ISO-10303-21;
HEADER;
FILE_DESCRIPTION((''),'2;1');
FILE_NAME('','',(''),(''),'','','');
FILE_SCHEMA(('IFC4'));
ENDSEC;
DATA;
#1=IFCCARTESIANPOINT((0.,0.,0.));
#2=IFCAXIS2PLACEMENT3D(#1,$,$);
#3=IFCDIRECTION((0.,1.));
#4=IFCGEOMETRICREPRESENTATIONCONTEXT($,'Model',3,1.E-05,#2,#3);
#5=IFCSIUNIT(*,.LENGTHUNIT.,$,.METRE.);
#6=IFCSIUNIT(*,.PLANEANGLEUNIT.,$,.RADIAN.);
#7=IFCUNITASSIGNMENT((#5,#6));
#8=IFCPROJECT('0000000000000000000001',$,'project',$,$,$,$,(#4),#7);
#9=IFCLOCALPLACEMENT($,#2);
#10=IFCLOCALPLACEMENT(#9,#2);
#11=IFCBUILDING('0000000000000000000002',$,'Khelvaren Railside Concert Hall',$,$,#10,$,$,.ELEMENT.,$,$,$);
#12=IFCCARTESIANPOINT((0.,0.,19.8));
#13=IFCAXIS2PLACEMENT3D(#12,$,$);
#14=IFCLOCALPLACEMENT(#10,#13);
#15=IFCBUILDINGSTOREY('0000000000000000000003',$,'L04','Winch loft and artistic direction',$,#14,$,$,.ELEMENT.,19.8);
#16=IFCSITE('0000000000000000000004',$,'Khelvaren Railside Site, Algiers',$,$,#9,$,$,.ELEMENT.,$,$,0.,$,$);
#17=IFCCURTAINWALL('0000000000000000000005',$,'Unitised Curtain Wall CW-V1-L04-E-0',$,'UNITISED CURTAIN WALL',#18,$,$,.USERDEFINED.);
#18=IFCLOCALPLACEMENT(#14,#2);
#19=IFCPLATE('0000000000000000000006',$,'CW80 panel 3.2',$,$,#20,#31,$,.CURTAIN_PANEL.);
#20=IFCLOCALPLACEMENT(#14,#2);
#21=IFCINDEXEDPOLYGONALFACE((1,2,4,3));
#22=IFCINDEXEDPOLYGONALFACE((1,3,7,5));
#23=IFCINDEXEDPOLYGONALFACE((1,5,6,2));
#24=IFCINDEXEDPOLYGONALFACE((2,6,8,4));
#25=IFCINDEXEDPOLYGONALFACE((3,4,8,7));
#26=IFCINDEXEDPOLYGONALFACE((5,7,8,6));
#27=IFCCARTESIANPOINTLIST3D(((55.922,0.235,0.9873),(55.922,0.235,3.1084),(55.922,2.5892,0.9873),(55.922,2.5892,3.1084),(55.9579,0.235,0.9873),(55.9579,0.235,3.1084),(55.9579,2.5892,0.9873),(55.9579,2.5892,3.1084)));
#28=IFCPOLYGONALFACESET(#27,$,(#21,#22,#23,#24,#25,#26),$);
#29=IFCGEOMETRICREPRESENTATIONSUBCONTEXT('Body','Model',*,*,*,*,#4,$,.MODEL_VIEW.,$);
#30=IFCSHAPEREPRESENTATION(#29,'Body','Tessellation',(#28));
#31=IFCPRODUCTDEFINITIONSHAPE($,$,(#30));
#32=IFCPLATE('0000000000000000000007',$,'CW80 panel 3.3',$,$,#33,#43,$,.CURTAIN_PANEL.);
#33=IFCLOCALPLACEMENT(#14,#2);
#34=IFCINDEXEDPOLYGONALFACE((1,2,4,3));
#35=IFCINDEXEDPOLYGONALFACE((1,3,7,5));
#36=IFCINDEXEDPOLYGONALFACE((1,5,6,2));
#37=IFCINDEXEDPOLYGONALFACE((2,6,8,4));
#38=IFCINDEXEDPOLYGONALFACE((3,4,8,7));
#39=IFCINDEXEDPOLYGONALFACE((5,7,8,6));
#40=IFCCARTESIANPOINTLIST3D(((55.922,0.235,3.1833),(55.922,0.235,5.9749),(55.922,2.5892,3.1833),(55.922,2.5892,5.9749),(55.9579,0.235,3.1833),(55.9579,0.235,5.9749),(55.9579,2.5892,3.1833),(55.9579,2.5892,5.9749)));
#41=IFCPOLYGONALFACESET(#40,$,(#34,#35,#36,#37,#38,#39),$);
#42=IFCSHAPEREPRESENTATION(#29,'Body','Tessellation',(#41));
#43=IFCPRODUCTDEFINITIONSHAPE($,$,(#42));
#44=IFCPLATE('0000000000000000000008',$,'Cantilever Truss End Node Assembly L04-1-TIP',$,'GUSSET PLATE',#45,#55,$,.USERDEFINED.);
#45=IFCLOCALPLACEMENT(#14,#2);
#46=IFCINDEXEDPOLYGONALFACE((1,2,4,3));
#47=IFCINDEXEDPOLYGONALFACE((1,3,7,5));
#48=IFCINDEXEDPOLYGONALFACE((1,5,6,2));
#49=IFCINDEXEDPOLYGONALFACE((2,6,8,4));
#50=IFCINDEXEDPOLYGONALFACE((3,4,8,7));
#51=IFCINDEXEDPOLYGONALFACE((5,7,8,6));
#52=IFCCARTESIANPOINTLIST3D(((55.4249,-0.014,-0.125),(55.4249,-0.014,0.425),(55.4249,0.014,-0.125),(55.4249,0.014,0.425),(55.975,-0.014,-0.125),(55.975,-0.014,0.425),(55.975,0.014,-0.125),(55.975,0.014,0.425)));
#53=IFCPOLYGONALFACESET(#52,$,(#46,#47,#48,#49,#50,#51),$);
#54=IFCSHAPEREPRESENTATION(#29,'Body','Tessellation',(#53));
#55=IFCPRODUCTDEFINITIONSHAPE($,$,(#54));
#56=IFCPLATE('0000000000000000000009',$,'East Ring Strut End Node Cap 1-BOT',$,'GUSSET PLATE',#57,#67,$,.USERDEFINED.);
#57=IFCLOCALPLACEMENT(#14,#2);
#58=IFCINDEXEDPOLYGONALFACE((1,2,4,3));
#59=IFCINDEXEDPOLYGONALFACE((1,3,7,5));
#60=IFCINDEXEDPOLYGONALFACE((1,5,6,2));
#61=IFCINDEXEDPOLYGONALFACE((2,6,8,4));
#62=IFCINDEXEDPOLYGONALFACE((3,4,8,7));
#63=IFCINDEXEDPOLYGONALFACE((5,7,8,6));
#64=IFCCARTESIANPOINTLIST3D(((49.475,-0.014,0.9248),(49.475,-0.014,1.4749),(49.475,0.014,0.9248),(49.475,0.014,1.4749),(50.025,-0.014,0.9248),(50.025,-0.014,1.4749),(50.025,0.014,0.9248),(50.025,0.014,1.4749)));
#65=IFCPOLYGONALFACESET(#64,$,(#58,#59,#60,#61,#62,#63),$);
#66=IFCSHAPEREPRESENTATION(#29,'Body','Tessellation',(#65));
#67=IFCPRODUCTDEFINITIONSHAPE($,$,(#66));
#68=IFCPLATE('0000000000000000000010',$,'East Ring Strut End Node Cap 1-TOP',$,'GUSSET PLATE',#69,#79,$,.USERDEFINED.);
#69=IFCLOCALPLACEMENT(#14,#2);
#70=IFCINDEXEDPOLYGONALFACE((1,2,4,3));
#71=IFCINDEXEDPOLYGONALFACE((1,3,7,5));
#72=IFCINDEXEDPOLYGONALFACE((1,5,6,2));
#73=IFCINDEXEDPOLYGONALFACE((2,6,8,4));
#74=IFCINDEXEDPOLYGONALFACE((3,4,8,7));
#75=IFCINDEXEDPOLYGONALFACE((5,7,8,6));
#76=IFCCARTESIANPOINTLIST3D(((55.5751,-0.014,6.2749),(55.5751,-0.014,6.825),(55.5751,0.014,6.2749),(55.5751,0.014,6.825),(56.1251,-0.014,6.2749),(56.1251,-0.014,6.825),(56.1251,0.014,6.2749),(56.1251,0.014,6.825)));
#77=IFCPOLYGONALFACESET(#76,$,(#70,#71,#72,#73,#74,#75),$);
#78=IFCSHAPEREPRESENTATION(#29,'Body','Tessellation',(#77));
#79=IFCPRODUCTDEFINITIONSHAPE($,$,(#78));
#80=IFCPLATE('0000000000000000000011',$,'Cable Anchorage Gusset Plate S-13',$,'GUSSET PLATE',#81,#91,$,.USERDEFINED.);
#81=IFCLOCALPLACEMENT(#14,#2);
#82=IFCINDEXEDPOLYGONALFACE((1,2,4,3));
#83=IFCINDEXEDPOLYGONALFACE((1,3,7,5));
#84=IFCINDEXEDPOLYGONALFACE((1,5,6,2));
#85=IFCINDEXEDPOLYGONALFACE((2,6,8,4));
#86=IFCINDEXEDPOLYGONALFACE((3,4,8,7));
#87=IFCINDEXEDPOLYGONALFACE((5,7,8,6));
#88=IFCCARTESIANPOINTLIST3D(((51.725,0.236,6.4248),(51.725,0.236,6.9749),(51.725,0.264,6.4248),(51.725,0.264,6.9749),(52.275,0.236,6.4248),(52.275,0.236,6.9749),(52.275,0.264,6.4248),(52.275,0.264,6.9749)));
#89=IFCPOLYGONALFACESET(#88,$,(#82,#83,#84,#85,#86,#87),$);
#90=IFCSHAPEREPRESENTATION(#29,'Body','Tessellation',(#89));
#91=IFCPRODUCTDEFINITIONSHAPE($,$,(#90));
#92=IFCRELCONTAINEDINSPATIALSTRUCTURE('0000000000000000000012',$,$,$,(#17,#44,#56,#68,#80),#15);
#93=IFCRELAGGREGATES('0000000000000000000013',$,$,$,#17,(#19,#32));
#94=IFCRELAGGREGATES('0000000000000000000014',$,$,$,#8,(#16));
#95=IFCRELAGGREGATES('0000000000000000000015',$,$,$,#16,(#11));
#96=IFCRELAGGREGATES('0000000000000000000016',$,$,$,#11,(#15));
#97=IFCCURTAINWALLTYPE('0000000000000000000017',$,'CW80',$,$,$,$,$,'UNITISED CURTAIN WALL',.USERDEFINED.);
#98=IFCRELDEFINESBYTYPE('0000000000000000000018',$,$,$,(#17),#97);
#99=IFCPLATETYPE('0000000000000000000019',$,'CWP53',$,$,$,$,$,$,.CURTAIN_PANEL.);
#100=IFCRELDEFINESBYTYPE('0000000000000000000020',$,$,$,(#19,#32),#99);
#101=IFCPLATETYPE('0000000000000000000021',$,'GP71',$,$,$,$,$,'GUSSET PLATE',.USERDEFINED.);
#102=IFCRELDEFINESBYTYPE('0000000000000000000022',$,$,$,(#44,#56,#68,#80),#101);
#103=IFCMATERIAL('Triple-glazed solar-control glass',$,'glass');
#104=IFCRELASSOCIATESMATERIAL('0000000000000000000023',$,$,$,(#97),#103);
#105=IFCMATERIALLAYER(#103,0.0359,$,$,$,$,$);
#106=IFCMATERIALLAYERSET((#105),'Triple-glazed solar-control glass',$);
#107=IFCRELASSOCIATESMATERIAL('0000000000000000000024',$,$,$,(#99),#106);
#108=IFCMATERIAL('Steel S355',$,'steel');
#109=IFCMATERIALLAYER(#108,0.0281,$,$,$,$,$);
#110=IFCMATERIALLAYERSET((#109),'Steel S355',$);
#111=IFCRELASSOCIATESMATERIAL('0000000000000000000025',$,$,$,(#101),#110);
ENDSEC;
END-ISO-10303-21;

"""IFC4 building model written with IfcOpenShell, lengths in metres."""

from ifc_helpers import new_model, si_unit, direction, frame, origin, origin_2d, place, context, subcontext, project, spatial, rectangle, extrude, material, layer, layer_set, type_object, element, aggregate, save


model = new_model("IFC4")

# Units and contexts
model_context = context("Model", 3, precision=1e-05, world=origin(), true_north=direction((0.0, 1.0)))
body_context = subcontext(model_context, "Body", "Model", "MODEL_VIEW")
ifc_project = project(units=[si_unit("LENGTHUNIT", "METRE"), si_unit("PLANEANGLEUNIT", "RADIAN")], contexts=[model_context])

# Site, building, storey
site_placement = place(None, origin())
site = spatial("IfcSite", under=ifc_project, at=site_placement, Name="Khelvaren Railside Site, Algiers", CompositionType="ELEMENT", RefElevation=0.0)
building_placement = place(site_placement, origin())
building = spatial("IfcBuilding", under=site, at=building_placement, Name="Khelvaren Railside Concert Hall", CompositionType="ELEMENT")
storey_placement = place(building_placement, frame((0.0, 0.0, 19.8)))
storey = spatial("IfcBuildingStorey", under=building, at=storey_placement, Name="L04", Description="Winch loft and artistic direction", CompositionType="ELEMENT", Elevation=19.8)

# Shared definitions
ifc_material_1 = material(Name="Steel S355", Category="steel")

# Curtain wall
ifc_material_2 = material(Name="Triple-glazed solar-control glass", Category="glass")
curtain_wall_type = type_object("IfcCurtainWallType", Name="CW80", ElementType="UNITISED CURTAIN WALL", PredefinedType="USERDEFINED", material=ifc_material_2)
curtain_wall_placement = place(storey_placement, origin())
curtain_wall = element("IfcCurtainWall", 1, at=curtain_wall_placement, inside=storey, type_object=curtain_wall_type, Name="Unitised Curtain Wall CW-V1-L04-E-0", ObjectType="UNITISED CURTAIN WALL", PredefinedType="USERDEFINED")

# Plates
ifc_layer_1 = layer(ifc_material_2, 0.0359)
ifc_layer_set_1 = layer_set([ifc_layer_1], Name="Triple-glazed solar-control glass")
plate_type_1 = type_object("IfcPlateType", Name="CWP53", PredefinedType="CURTAIN_PANEL", material=ifc_layer_set_1)
plate_1_placement = place(storey_placement, frame((55.9399, 1.4121, 0.9873), z_axis=(0.0, 0.0, 1.0), x_axis=(0.0, -1.0, 0.0)))
plate_1 = element("IfcPlate", 2, at=plate_1_placement, type_object=plate_type_1, Name="CW80 panel 3.2", PredefinedType="CURTAIN_PANEL", context=body_context, shape_type="SweptSolid", body=[
    extrude(rectangle(XDim=2.3542, YDim=0.0359, at=origin_2d()), origin(), (0.0, 0.0, 1.0), 2.1211),
])
plate_2_placement = place(storey_placement, frame((55.9399, 1.4121, 3.1833), z_axis=(0.0, 0.0, 1.0), x_axis=(0.0, -1.0, 0.0)))
plate_2 = element("IfcPlate", 3, at=plate_2_placement, type_object=plate_type_1, Name="CW80 panel 3.3", PredefinedType="CURTAIN_PANEL", context=body_context, shape_type="SweptSolid", body=[
    extrude(rectangle(XDim=2.3542, YDim=0.0359, at=origin_2d()), origin(), (0.0, 0.0, 1.0), 2.7915),
])
aggregate(curtain_wall, [plate_1, plate_2])

# Plates
ifc_layer_2 = layer(ifc_material_1, 0.0281)
ifc_layer_set_2 = layer_set([ifc_layer_2], Name="Steel S355")
plate_type_2 = type_object("IfcPlateType", Name="GP71", ElementType="GUSSET PLATE", PredefinedType="USERDEFINED", material=ifc_layer_set_2)
for number, where, z_axis, x_axis, name in (
    (4, (55.7, 0.0, -0.125), (0.0, 0.0, 1.0), (1.0, 0.0, 0.0), "Cantilever Truss End Node Assembly L04-1-TIP"),
    (5, (49.75, 0.0, 0.9248), (0.0, 0.0, 1.0), (1.0, 0.0, 0.0), "East Ring Strut End Node Cap 1-BOT"),
    (6, (55.8501, 0.0, 6.2749), (0.0, 0.0, 1.0), (1.0, 0.0, 0.0), "East Ring Strut End Node Cap 1-TOP"),
    (7, (52.0, 0.25, 6.4248), (0.0, 0.0, 1.0), (1.0, 0.0, 0.0), "Cable Anchorage Gusset Plate S-13"),
):
    element("IfcPlate", number, at=place(storey_placement, frame(where, z_axis=z_axis, x_axis=x_axis)), inside=storey, type_object=plate_type_2, Name=name, ObjectType="GUSSET PLATE", PredefinedType="USERDEFINED", context=body_context, shape_type="SweptSolid", body=[
        extrude(rectangle(XDim=0.55, YDim=0.0281, at=origin_2d()), origin(), (0.0, 0.0, 1.0), 0.55),
    ])

save(model, "model.ifc")
